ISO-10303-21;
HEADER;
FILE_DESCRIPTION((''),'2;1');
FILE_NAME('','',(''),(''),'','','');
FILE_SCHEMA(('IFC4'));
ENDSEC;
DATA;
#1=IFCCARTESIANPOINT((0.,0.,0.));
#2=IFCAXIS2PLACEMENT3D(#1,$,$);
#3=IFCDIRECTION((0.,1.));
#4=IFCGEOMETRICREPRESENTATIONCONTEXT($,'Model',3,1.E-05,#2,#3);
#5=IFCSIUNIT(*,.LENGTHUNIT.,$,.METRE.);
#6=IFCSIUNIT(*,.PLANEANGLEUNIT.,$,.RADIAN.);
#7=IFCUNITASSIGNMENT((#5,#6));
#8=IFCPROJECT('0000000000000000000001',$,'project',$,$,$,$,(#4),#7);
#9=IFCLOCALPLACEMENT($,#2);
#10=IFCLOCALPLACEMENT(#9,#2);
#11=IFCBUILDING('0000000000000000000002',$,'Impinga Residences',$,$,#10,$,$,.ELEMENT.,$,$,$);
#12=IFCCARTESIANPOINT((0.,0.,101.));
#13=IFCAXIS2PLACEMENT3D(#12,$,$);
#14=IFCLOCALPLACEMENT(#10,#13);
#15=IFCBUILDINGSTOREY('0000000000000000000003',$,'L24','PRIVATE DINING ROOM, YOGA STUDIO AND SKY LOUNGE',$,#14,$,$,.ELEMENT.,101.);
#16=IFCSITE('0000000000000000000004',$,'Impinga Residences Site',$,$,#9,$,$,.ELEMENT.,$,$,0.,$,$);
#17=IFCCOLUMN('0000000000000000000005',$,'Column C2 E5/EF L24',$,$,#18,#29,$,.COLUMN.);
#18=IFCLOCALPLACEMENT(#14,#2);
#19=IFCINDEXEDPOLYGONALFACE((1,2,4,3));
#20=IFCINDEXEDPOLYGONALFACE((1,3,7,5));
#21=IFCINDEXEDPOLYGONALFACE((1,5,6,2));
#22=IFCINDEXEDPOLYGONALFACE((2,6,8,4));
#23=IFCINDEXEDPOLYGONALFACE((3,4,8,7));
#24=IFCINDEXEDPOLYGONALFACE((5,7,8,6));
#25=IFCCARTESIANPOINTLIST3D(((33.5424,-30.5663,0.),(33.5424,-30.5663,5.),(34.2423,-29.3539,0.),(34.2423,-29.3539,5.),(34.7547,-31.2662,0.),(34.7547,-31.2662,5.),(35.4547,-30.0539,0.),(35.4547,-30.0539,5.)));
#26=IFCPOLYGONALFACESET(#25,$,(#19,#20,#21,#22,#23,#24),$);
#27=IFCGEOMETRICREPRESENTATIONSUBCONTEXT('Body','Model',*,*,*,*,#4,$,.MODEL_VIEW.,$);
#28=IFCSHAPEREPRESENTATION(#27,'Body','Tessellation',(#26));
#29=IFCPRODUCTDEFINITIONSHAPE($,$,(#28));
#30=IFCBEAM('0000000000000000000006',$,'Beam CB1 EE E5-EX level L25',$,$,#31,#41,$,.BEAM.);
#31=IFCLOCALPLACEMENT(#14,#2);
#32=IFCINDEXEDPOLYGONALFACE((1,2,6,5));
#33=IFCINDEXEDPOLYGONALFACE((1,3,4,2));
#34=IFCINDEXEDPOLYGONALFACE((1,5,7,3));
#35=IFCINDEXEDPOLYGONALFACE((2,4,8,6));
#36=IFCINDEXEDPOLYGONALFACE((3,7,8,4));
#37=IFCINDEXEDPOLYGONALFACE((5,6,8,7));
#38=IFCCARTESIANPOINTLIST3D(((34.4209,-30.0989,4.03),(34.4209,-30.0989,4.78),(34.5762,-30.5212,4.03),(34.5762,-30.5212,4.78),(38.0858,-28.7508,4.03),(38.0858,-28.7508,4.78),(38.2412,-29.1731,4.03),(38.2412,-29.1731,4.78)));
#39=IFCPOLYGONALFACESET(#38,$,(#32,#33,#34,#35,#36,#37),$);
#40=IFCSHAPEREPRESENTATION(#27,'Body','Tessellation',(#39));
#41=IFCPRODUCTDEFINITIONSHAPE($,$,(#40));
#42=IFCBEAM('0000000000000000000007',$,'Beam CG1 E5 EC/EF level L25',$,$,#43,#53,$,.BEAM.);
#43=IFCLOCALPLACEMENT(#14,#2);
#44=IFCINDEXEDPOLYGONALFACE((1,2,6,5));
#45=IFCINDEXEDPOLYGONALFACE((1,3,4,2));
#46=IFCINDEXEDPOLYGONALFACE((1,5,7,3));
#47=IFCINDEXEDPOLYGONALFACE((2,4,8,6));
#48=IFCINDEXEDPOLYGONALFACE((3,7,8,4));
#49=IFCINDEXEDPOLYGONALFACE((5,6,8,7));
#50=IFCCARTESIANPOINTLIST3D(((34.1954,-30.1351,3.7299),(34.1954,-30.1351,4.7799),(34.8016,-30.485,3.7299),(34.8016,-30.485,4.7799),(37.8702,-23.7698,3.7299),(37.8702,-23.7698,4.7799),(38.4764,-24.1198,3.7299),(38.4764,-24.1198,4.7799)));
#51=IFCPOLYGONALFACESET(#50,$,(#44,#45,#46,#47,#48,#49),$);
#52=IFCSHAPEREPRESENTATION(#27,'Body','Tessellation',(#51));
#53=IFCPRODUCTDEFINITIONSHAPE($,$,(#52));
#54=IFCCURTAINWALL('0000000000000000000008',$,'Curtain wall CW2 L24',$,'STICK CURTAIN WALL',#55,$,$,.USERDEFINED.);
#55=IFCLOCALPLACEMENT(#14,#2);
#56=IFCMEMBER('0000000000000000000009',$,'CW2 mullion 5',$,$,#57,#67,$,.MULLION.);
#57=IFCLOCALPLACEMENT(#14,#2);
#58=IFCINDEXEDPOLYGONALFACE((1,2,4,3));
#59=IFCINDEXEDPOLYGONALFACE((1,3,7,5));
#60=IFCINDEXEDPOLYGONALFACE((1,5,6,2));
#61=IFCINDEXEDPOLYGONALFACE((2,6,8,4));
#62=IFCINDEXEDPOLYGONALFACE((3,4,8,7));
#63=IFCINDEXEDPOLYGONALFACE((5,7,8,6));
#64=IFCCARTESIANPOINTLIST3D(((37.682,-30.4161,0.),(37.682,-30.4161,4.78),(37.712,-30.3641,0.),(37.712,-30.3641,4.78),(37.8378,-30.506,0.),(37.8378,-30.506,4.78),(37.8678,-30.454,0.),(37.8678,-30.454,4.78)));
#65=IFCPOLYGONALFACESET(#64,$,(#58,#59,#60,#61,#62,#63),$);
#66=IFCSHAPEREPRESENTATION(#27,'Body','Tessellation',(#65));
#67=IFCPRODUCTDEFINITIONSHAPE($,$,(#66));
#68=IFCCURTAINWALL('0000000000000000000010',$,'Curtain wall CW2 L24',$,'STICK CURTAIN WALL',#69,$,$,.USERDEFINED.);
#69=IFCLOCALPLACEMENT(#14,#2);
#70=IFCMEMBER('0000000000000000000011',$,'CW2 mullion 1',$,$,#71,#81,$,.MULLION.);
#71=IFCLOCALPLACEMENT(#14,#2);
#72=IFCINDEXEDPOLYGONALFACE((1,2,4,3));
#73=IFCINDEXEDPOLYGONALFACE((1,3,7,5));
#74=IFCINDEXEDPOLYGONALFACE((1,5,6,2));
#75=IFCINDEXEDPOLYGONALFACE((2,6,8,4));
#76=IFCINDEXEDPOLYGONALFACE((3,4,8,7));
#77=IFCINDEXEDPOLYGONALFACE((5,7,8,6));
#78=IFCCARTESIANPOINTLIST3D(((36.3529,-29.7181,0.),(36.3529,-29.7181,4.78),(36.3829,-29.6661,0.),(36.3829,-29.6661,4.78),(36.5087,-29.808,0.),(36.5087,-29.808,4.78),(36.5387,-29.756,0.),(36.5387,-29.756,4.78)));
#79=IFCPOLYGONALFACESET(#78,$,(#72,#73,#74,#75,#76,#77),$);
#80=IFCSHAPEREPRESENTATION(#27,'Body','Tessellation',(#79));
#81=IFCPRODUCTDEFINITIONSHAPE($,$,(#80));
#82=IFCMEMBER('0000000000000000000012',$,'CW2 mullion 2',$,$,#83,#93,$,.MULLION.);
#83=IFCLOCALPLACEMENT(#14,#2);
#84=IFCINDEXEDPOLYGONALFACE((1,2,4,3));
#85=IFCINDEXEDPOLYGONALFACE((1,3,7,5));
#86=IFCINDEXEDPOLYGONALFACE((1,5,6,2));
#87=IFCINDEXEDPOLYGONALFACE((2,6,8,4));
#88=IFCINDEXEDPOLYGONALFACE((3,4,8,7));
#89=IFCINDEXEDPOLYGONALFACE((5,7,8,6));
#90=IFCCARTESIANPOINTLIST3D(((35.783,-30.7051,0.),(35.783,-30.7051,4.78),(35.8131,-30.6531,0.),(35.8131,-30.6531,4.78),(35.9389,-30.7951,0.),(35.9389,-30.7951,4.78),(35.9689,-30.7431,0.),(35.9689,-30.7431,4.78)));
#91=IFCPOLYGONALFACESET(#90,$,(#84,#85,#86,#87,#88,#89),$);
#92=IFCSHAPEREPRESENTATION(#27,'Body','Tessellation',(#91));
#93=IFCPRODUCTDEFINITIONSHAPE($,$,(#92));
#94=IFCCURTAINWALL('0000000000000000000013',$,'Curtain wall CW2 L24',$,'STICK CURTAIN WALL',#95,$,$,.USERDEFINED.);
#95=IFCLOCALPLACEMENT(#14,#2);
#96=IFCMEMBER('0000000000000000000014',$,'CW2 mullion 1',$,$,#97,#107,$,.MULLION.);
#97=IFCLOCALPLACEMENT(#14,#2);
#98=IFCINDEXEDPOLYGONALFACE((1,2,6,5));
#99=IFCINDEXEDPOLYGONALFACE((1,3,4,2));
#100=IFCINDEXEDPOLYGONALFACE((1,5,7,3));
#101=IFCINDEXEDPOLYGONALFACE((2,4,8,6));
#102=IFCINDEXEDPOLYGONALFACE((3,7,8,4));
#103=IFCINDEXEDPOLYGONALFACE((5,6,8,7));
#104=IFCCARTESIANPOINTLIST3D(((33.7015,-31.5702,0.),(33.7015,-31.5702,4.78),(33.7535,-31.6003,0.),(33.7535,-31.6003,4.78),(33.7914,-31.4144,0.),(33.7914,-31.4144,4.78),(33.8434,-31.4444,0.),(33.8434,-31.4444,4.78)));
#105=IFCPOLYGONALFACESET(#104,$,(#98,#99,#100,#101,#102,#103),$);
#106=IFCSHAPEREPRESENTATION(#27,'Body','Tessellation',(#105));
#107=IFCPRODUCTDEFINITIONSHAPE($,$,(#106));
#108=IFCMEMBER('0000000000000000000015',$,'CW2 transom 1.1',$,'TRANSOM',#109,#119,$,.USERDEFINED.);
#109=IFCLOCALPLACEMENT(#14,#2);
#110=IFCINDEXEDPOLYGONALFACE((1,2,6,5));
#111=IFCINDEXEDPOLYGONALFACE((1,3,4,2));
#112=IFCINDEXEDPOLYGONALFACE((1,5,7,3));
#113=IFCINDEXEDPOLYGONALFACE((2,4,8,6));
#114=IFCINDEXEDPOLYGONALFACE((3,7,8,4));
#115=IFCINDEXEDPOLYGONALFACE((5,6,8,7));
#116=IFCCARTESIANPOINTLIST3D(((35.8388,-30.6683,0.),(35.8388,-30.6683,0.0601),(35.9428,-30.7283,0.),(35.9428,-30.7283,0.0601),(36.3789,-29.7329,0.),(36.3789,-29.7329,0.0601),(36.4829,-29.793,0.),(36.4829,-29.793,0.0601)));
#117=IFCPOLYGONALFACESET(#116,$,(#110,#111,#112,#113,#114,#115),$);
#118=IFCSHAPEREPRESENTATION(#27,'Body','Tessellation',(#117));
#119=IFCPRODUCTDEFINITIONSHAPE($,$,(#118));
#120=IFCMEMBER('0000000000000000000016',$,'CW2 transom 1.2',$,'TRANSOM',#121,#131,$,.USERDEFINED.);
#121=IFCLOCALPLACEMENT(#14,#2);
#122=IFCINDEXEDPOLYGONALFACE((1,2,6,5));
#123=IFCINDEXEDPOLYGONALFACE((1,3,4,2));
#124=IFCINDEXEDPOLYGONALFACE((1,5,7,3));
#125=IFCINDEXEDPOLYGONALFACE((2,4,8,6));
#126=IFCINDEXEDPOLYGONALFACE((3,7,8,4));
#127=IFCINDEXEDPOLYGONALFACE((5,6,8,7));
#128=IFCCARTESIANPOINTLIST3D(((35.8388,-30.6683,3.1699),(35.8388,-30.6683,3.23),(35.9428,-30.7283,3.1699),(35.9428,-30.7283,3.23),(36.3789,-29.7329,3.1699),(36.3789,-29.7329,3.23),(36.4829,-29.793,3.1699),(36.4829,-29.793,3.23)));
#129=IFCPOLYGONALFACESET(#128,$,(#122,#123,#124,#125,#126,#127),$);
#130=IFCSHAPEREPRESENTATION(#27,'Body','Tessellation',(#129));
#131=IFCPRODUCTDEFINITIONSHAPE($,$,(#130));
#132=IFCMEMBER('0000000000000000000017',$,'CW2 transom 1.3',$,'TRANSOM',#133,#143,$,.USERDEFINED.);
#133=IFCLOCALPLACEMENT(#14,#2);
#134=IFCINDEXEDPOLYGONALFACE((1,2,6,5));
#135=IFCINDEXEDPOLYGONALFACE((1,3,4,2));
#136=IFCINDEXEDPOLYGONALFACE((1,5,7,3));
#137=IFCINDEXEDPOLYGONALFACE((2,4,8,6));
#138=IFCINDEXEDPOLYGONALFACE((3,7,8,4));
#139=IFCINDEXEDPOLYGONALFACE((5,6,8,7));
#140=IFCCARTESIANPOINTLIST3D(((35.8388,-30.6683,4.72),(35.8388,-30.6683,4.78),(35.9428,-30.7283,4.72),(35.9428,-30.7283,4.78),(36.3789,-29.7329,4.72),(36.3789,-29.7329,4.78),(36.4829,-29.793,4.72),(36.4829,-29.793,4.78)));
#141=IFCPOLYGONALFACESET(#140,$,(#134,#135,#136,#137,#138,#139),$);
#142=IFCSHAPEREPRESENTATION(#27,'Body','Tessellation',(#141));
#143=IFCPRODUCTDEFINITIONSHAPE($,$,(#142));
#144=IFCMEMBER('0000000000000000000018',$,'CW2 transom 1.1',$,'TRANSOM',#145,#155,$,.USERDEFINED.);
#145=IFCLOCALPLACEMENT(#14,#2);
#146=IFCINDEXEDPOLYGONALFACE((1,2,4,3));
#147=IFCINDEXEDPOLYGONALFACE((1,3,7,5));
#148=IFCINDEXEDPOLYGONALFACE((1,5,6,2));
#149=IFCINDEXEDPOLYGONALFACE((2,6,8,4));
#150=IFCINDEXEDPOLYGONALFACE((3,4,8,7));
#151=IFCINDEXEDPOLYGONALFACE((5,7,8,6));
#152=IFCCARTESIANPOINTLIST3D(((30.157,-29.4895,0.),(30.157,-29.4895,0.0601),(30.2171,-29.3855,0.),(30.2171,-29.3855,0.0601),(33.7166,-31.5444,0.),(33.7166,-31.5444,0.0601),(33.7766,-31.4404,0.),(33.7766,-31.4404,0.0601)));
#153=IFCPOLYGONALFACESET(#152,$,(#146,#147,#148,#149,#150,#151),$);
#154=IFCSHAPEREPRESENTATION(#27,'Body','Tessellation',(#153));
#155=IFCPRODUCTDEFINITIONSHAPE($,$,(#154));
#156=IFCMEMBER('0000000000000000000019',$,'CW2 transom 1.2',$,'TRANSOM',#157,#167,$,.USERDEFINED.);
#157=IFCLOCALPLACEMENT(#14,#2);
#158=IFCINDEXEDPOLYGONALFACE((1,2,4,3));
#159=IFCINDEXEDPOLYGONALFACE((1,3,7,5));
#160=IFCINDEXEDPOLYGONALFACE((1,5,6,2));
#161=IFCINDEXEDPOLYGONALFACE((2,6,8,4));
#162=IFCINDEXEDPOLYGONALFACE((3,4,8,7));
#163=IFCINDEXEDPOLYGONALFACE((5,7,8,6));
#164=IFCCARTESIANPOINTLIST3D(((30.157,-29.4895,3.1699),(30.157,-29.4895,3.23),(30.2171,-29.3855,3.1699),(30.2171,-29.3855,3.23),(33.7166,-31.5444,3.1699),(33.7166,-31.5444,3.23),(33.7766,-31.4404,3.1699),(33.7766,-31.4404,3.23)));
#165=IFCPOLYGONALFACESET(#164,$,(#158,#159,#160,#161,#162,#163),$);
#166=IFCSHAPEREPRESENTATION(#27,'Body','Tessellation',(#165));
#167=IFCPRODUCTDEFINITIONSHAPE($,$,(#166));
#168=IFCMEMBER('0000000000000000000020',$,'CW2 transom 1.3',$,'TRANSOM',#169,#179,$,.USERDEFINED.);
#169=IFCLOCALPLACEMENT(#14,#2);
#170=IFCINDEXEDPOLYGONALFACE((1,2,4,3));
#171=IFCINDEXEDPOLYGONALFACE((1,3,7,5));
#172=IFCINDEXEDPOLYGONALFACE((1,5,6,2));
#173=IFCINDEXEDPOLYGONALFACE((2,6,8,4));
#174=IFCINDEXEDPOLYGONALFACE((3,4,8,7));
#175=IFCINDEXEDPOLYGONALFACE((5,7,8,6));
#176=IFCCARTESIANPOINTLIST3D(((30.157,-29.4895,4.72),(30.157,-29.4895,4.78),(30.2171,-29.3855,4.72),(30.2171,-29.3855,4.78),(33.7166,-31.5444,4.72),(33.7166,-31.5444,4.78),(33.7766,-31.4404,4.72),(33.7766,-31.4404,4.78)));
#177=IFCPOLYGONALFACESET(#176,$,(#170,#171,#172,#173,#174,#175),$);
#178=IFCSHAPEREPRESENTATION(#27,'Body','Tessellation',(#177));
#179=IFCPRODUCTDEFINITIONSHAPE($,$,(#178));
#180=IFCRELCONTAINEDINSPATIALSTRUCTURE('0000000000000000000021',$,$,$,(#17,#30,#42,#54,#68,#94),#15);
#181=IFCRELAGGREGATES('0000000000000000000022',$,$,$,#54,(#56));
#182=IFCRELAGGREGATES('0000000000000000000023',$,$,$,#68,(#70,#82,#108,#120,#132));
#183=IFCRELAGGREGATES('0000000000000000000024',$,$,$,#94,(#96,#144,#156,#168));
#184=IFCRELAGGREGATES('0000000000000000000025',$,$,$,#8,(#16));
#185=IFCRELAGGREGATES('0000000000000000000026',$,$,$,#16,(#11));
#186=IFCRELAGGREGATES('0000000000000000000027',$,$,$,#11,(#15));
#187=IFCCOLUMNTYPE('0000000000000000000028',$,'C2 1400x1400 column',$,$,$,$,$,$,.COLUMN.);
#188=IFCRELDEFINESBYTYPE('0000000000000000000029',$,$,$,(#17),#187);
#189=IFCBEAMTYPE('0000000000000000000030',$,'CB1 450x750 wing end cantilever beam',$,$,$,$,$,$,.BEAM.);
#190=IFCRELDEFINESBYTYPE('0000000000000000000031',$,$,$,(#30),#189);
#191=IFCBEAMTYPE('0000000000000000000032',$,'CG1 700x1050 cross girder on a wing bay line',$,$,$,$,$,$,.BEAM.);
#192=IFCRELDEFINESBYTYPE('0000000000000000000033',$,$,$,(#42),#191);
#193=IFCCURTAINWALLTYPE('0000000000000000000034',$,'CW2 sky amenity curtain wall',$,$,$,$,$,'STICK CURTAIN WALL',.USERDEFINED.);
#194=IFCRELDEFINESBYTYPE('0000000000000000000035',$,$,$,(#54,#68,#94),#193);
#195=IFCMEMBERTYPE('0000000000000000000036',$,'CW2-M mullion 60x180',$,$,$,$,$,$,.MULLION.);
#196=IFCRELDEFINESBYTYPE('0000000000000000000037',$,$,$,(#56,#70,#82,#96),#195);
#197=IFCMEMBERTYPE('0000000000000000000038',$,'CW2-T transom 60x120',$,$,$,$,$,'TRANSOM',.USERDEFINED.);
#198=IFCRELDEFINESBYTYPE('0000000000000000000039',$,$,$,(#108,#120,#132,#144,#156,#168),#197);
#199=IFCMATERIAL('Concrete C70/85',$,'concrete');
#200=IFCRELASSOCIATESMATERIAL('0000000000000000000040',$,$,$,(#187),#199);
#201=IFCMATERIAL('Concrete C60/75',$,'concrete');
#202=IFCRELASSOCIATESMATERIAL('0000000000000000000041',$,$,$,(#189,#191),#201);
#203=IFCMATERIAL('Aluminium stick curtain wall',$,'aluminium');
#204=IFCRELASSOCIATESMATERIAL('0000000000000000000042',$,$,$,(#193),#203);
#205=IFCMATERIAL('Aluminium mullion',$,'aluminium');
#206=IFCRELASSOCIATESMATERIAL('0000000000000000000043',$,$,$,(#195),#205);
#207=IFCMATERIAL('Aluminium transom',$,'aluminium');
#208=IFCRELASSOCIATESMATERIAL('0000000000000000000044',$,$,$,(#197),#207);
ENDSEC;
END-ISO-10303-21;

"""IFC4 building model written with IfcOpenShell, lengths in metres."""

from ifc_helpers import new_model, si_unit, direction, frame, origin, origin_2d, place, context, subcontext, project, spatial, rectangle, extrude, material, material_profile, profile_set, type_object, element, aggregate, save


model = new_model("IFC4")

# Units and contexts
model_context = context("Model", 3, precision=1e-05, world=origin(), true_north=direction((0.0, 1.0)))
body_context = subcontext(model_context, "Body", "Model", "MODEL_VIEW")
ifc_project = project(units=[si_unit("LENGTHUNIT", "METRE"), si_unit("PLANEANGLEUNIT", "RADIAN")], contexts=[model_context])

# Site, building, storey
site_placement = place(None, origin())
site = spatial("IfcSite", under=ifc_project, at=site_placement, Name="Impinga Residences Site", CompositionType="ELEMENT", RefElevation=0.0)
building_placement = place(site_placement, origin())
building = spatial("IfcBuilding", under=site, at=building_placement, Name="Impinga Residences", CompositionType="ELEMENT")
storey_placement = place(building_placement, frame((0.0, 0.0, 101.0)))
storey = spatial("IfcBuildingStorey", under=building, at=storey_placement, Name="L24", Description="PRIVATE DINING ROOM, YOGA STUDIO AND SKY LOUNGE", CompositionType="ELEMENT", Elevation=101.0)

# Column
ifc_material_1 = material(Name="Concrete C70/85", Category="concrete")
ifc_material_profile_1 = material_profile(ifc_material_1, rectangle(XDim=1.3999, YDim=1.3999, at=origin_2d()), Name="RC 1400x1400")
ifc_profile_set_1 = profile_set([ifc_material_profile_1], Name="Concrete C70/85")
column_type = type_object("IfcColumnType", Name="C2 1400x1400 column", PredefinedType="COLUMN", material=ifc_profile_set_1)
column_placement = place(storey_placement, frame((34.4985, -30.3101, 0.0), z_axis=(0.0, 0.0, 1.0), x_axis=(-0.5, -0.866025, 0.0)))
element("IfcColumn", 1, at=column_placement, inside=storey, type_object=column_type, Name="Column C2 E5/EF L24", PredefinedType="COLUMN", context=body_context, shape_type="SweptSolid", body=[
    extrude(rectangle(XDim=1.3999, YDim=1.3999, at=origin_2d()), origin(), (0.0, 0.0, 1.0), 5.0),
])

# Beams
ifc_material_2 = material(Name="Concrete C60/75", Category="concrete")
ifc_material_profile_2 = material_profile(ifc_material_2, rectangle(XDim=0.45, YDim=0.75, at=origin_2d()), Name="RC 450x750")
ifc_profile_set_2 = profile_set([ifc_material_profile_2], Name="Concrete C60/75")
beam_type_1 = type_object("IfcBeamType", Name="CB1 450x750 wing end cantilever beam", PredefinedType="BEAM", material=ifc_profile_set_2)
beam_1_placement = place(storey_placement, frame((34.4985, -30.3101, 4.405), z_axis=(0.93852, 0.345224, 0.0), x_axis=(-0.345224, 0.93852, 0.0)))
element("IfcBeam", 2, at=beam_1_placement, inside=storey, type_object=beam_type_1, Name="Beam CB1 EE E5-EX level L25", PredefinedType="BEAM", context=body_context, shape_type="SweptSolid", body=[
    extrude(rectangle(XDim=0.45, YDim=0.75, at=origin_2d()), origin(), (0.0, 0.0, 1.0), 3.905),
])
ifc_material_profile_3 = material_profile(ifc_material_2, rectangle(XDim=0.7, YDim=1.05, at=origin_2d()), Name="RC 700x1050")
ifc_profile_set_3 = profile_set([ifc_material_profile_3], Name="Concrete C60/75")
beam_type_2 = type_object("IfcBeamType", Name="CG1 700x1050 cross girder on a wing bay line", PredefinedType="BEAM", material=ifc_profile_set_3)
beam_2_placement = place(storey_placement, frame((38.1733, -23.9448, 4.2549), z_axis=(-0.499983, -0.866035, 0.0), x_axis=(0.866035, -0.499983, 0.0)))
element("IfcBeam", 3, at=beam_2_placement, inside=storey, type_object=beam_type_2, Name="Beam CG1 E5 EC/EF level L25", PredefinedType="BEAM", context=body_context, shape_type="SweptSolid", body=[
    extrude(rectangle(XDim=0.7, YDim=1.05, at=origin_2d()), origin(), (0.0, 0.0, 1.0), 7.3499),
])

# Curtain wall, member
ifc_material_3 = material(Name="Aluminium stick curtain wall", Category="aluminium")
curtain_wall_type = type_object("IfcCurtainWallType", Name="CW2 sky amenity curtain wall", ElementType="STICK CURTAIN WALL", PredefinedType="USERDEFINED", material=ifc_material_3)
curtain_wall_1_placement = place(storey_placement, origin())
curtain_wall_1 = element("IfcCurtainWall", 4, at=curtain_wall_1_placement, inside=storey, type_object=curtain_wall_type, Name="Curtain wall CW2 L24", ObjectType="STICK CURTAIN WALL", PredefinedType="USERDEFINED")
ifc_material_4 = material(Name="Aluminium mullion", Category="aluminium")
ifc_material_profile_4 = material_profile(ifc_material_4, rectangle(XDim=0.0601, YDim=0.1799, at=origin_2d()), Name="60x180 mullion")
ifc_profile_set_4 = profile_set([ifc_material_profile_4], Name="Aluminium mullion")
member_type_1 = type_object("IfcMemberType", Name="CW2-M mullion 60x180", PredefinedType="MULLION", material=ifc_profile_set_4)
member_1_placement = place(storey_placement, frame((37.7749, -30.4351, 0.0), z_axis=(0.0, 0.0, 1.0), x_axis=(-0.5, -0.866025, 0.0)))
member_1 = element("IfcMember", 5, at=member_1_placement, type_object=member_type_1, Name="CW2 mullion 5", PredefinedType="MULLION", context=body_context, shape_type="SweptSolid", body=[
    extrude(rectangle(XDim=0.0601, YDim=0.1799, at=origin_2d()), origin(), (0.0, 0.0, 1.0), 4.78),
])
aggregate(curtain_wall_1, [member_1])

# Curtain wall, members
curtain_wall_2_placement = place(storey_placement, origin())
curtain_wall_2 = element("IfcCurtainWall", 6, at=curtain_wall_2_placement, inside=storey, type_object=curtain_wall_type, Name="Curtain wall CW2 L24", ObjectType="STICK CURTAIN WALL", PredefinedType="USERDEFINED")
member_2_placement = place(storey_placement, frame((36.4458, -29.7371, 0.0), z_axis=(0.0, 0.0, 1.0), x_axis=(-0.5, -0.866026, 0.0)))
member_2 = element("IfcMember", 7, at=member_2_placement, type_object=member_type_1, Name="CW2 mullion 1", PredefinedType="MULLION", context=body_context, shape_type="SweptSolid", body=[
    extrude(rectangle(XDim=0.0601, YDim=0.1799, at=origin_2d()), origin(), (0.0, 0.0, 1.0), 4.78),
])
member_3_placement = place(storey_placement, frame((35.876, -30.7241, 0.0), z_axis=(0.0, 0.0, 1.0), x_axis=(-0.5, -0.866026, 0.0)))
member_3 = element("IfcMember", 8, at=member_3_placement, type_object=member_type_1, Name="CW2 mullion 2", PredefinedType="MULLION", context=body_context, shape_type="SweptSolid", body=[
    extrude(rectangle(XDim=0.0601, YDim=0.1799, at=origin_2d()), origin(), (0.0, 0.0, 1.0), 4.78),
])

# Curtain wall, member
curtain_wall_3_placement = place(storey_placement, origin())
curtain_wall_3 = element("IfcCurtainWall", 9, at=curtain_wall_3_placement, inside=storey, type_object=curtain_wall_type, Name="Curtain wall CW2 L24", ObjectType="STICK CURTAIN WALL", PredefinedType="USERDEFINED")
member_4_placement = place(storey_placement, frame((33.7725, -31.5073, 0.0), z_axis=(0.0, 0.0, 1.0), x_axis=(-0.866025, 0.5, 0.0)))
member_4 = element("IfcMember", 10, at=member_4_placement, type_object=member_type_1, Name="CW2 mullion 1", PredefinedType="MULLION", context=body_context, shape_type="SweptSolid", body=[
    extrude(rectangle(XDim=0.0601, YDim=0.1799, at=origin_2d()), origin(), (0.0, 0.0, 1.0), 4.78),
])

# Members
ifc_material_5 = material(Name="Aluminium transom", Category="aluminium")
ifc_material_profile_5 = material_profile(ifc_material_5, rectangle(XDim=0.0601, YDim=0.1201, at=origin_2d()), Name="60x120 transom")
ifc_profile_set_5 = profile_set([ifc_material_profile_5], Name="Aluminium transom")
member_type_2 = type_object("IfcMemberType", Name="CW2-T transom 60x120", ElementType="TRANSOM", PredefinedType="USERDEFINED", material=ifc_profile_set_5)
member_5_placement = place(storey_placement, frame((36.4309, -29.7629, 0.03), z_axis=(-0.500029, -0.866009, 0.0), x_axis=(0.0, 0.0, 1.0)))
member_5 = element("IfcMember", 11, at=member_5_placement, type_object=member_type_2, Name="CW2 transom 1.1", ObjectType="TRANSOM", PredefinedType="USERDEFINED", context=body_context, shape_type="SweptSolid", body=[
    extrude(rectangle(XDim=0.0601, YDim=0.1201, at=origin_2d()), origin(), (0.0, 0.0, 1.0), 1.0801),
])
member_6_placement = place(storey_placement, frame((36.4309, -29.7629, 3.2), z_axis=(-0.500029, -0.866009, 0.0), x_axis=(0.0, 0.0, 1.0)))
member_6 = element("IfcMember", 12, at=member_6_placement, type_object=member_type_2, Name="CW2 transom 1.2", ObjectType="TRANSOM", PredefinedType="USERDEFINED", context=body_context, shape_type="SweptSolid", body=[
    extrude(rectangle(XDim=0.0601, YDim=0.1201, at=origin_2d()), origin(), (0.0, 0.0, 1.0), 1.0801),
])
member_7_placement = place(storey_placement, frame((36.4309, -29.7629, 4.75), z_axis=(-0.500029, -0.866009, 0.0), x_axis=(0.0, 0.0, 1.0)))
member_7 = element("IfcMember", 13, at=member_7_placement, type_object=member_type_2, Name="CW2 transom 1.3", ObjectType="TRANSOM", PredefinedType="USERDEFINED", context=body_context, shape_type="SweptSolid", body=[
    extrude(rectangle(XDim=0.0601, YDim=0.1201, at=origin_2d()), origin(), (0.0, 0.0, 1.0), 1.0801),
])
member_8_placement = place(storey_placement, frame((33.7466, -31.4924, 0.03), z_axis=(-0.866045, 0.499966, 0.0), x_axis=(0.0, 0.0, 1.0)))
member_8 = element("IfcMember", 14, at=member_8_placement, type_object=member_type_2, Name="CW2 transom 1.1", ObjectType="TRANSOM", PredefinedType="USERDEFINED", context=body_context, shape_type="SweptSolid", body=[
    extrude(rectangle(XDim=0.0601, YDim=0.1201, at=origin_2d()), origin(), (0.0, 0.0, 1.0), 4.1101),
])
member_9_placement = place(storey_placement, frame((33.7466, -31.4924, 3.2), z_axis=(-0.866045, 0.499966, 0.0), x_axis=(0.0, 0.0, 1.0)))
member_9 = element("IfcMember", 15, at=member_9_placement, type_object=member_type_2, Name="CW2 transom 1.2", ObjectType="TRANSOM", PredefinedType="USERDEFINED", context=body_context, shape_type="SweptSolid", body=[
    extrude(rectangle(XDim=0.0601, YDim=0.1201, at=origin_2d()), origin(), (0.0, 0.0, 1.0), 4.1101),
])
member_10_placement = place(storey_placement, frame((33.7466, -31.4924, 4.75), z_axis=(-0.866045, 0.499966, 0.0), x_axis=(0.0, 0.0, 1.0)))
member_10 = element("IfcMember", 16, at=member_10_placement, type_object=member_type_2, Name="CW2 transom 1.3", ObjectType="TRANSOM", PredefinedType="USERDEFINED", context=body_context, shape_type="SweptSolid", body=[
    extrude(rectangle(XDim=0.0601, YDim=0.1201, at=origin_2d()), origin(), (0.0, 0.0, 1.0), 4.1101),
])

aggregate(curtain_wall_2, [member_2, member_3, member_5, member_6, member_7])
aggregate(curtain_wall_3, [member_4, member_8, member_9, member_10])

save(model, "model.ifc")
